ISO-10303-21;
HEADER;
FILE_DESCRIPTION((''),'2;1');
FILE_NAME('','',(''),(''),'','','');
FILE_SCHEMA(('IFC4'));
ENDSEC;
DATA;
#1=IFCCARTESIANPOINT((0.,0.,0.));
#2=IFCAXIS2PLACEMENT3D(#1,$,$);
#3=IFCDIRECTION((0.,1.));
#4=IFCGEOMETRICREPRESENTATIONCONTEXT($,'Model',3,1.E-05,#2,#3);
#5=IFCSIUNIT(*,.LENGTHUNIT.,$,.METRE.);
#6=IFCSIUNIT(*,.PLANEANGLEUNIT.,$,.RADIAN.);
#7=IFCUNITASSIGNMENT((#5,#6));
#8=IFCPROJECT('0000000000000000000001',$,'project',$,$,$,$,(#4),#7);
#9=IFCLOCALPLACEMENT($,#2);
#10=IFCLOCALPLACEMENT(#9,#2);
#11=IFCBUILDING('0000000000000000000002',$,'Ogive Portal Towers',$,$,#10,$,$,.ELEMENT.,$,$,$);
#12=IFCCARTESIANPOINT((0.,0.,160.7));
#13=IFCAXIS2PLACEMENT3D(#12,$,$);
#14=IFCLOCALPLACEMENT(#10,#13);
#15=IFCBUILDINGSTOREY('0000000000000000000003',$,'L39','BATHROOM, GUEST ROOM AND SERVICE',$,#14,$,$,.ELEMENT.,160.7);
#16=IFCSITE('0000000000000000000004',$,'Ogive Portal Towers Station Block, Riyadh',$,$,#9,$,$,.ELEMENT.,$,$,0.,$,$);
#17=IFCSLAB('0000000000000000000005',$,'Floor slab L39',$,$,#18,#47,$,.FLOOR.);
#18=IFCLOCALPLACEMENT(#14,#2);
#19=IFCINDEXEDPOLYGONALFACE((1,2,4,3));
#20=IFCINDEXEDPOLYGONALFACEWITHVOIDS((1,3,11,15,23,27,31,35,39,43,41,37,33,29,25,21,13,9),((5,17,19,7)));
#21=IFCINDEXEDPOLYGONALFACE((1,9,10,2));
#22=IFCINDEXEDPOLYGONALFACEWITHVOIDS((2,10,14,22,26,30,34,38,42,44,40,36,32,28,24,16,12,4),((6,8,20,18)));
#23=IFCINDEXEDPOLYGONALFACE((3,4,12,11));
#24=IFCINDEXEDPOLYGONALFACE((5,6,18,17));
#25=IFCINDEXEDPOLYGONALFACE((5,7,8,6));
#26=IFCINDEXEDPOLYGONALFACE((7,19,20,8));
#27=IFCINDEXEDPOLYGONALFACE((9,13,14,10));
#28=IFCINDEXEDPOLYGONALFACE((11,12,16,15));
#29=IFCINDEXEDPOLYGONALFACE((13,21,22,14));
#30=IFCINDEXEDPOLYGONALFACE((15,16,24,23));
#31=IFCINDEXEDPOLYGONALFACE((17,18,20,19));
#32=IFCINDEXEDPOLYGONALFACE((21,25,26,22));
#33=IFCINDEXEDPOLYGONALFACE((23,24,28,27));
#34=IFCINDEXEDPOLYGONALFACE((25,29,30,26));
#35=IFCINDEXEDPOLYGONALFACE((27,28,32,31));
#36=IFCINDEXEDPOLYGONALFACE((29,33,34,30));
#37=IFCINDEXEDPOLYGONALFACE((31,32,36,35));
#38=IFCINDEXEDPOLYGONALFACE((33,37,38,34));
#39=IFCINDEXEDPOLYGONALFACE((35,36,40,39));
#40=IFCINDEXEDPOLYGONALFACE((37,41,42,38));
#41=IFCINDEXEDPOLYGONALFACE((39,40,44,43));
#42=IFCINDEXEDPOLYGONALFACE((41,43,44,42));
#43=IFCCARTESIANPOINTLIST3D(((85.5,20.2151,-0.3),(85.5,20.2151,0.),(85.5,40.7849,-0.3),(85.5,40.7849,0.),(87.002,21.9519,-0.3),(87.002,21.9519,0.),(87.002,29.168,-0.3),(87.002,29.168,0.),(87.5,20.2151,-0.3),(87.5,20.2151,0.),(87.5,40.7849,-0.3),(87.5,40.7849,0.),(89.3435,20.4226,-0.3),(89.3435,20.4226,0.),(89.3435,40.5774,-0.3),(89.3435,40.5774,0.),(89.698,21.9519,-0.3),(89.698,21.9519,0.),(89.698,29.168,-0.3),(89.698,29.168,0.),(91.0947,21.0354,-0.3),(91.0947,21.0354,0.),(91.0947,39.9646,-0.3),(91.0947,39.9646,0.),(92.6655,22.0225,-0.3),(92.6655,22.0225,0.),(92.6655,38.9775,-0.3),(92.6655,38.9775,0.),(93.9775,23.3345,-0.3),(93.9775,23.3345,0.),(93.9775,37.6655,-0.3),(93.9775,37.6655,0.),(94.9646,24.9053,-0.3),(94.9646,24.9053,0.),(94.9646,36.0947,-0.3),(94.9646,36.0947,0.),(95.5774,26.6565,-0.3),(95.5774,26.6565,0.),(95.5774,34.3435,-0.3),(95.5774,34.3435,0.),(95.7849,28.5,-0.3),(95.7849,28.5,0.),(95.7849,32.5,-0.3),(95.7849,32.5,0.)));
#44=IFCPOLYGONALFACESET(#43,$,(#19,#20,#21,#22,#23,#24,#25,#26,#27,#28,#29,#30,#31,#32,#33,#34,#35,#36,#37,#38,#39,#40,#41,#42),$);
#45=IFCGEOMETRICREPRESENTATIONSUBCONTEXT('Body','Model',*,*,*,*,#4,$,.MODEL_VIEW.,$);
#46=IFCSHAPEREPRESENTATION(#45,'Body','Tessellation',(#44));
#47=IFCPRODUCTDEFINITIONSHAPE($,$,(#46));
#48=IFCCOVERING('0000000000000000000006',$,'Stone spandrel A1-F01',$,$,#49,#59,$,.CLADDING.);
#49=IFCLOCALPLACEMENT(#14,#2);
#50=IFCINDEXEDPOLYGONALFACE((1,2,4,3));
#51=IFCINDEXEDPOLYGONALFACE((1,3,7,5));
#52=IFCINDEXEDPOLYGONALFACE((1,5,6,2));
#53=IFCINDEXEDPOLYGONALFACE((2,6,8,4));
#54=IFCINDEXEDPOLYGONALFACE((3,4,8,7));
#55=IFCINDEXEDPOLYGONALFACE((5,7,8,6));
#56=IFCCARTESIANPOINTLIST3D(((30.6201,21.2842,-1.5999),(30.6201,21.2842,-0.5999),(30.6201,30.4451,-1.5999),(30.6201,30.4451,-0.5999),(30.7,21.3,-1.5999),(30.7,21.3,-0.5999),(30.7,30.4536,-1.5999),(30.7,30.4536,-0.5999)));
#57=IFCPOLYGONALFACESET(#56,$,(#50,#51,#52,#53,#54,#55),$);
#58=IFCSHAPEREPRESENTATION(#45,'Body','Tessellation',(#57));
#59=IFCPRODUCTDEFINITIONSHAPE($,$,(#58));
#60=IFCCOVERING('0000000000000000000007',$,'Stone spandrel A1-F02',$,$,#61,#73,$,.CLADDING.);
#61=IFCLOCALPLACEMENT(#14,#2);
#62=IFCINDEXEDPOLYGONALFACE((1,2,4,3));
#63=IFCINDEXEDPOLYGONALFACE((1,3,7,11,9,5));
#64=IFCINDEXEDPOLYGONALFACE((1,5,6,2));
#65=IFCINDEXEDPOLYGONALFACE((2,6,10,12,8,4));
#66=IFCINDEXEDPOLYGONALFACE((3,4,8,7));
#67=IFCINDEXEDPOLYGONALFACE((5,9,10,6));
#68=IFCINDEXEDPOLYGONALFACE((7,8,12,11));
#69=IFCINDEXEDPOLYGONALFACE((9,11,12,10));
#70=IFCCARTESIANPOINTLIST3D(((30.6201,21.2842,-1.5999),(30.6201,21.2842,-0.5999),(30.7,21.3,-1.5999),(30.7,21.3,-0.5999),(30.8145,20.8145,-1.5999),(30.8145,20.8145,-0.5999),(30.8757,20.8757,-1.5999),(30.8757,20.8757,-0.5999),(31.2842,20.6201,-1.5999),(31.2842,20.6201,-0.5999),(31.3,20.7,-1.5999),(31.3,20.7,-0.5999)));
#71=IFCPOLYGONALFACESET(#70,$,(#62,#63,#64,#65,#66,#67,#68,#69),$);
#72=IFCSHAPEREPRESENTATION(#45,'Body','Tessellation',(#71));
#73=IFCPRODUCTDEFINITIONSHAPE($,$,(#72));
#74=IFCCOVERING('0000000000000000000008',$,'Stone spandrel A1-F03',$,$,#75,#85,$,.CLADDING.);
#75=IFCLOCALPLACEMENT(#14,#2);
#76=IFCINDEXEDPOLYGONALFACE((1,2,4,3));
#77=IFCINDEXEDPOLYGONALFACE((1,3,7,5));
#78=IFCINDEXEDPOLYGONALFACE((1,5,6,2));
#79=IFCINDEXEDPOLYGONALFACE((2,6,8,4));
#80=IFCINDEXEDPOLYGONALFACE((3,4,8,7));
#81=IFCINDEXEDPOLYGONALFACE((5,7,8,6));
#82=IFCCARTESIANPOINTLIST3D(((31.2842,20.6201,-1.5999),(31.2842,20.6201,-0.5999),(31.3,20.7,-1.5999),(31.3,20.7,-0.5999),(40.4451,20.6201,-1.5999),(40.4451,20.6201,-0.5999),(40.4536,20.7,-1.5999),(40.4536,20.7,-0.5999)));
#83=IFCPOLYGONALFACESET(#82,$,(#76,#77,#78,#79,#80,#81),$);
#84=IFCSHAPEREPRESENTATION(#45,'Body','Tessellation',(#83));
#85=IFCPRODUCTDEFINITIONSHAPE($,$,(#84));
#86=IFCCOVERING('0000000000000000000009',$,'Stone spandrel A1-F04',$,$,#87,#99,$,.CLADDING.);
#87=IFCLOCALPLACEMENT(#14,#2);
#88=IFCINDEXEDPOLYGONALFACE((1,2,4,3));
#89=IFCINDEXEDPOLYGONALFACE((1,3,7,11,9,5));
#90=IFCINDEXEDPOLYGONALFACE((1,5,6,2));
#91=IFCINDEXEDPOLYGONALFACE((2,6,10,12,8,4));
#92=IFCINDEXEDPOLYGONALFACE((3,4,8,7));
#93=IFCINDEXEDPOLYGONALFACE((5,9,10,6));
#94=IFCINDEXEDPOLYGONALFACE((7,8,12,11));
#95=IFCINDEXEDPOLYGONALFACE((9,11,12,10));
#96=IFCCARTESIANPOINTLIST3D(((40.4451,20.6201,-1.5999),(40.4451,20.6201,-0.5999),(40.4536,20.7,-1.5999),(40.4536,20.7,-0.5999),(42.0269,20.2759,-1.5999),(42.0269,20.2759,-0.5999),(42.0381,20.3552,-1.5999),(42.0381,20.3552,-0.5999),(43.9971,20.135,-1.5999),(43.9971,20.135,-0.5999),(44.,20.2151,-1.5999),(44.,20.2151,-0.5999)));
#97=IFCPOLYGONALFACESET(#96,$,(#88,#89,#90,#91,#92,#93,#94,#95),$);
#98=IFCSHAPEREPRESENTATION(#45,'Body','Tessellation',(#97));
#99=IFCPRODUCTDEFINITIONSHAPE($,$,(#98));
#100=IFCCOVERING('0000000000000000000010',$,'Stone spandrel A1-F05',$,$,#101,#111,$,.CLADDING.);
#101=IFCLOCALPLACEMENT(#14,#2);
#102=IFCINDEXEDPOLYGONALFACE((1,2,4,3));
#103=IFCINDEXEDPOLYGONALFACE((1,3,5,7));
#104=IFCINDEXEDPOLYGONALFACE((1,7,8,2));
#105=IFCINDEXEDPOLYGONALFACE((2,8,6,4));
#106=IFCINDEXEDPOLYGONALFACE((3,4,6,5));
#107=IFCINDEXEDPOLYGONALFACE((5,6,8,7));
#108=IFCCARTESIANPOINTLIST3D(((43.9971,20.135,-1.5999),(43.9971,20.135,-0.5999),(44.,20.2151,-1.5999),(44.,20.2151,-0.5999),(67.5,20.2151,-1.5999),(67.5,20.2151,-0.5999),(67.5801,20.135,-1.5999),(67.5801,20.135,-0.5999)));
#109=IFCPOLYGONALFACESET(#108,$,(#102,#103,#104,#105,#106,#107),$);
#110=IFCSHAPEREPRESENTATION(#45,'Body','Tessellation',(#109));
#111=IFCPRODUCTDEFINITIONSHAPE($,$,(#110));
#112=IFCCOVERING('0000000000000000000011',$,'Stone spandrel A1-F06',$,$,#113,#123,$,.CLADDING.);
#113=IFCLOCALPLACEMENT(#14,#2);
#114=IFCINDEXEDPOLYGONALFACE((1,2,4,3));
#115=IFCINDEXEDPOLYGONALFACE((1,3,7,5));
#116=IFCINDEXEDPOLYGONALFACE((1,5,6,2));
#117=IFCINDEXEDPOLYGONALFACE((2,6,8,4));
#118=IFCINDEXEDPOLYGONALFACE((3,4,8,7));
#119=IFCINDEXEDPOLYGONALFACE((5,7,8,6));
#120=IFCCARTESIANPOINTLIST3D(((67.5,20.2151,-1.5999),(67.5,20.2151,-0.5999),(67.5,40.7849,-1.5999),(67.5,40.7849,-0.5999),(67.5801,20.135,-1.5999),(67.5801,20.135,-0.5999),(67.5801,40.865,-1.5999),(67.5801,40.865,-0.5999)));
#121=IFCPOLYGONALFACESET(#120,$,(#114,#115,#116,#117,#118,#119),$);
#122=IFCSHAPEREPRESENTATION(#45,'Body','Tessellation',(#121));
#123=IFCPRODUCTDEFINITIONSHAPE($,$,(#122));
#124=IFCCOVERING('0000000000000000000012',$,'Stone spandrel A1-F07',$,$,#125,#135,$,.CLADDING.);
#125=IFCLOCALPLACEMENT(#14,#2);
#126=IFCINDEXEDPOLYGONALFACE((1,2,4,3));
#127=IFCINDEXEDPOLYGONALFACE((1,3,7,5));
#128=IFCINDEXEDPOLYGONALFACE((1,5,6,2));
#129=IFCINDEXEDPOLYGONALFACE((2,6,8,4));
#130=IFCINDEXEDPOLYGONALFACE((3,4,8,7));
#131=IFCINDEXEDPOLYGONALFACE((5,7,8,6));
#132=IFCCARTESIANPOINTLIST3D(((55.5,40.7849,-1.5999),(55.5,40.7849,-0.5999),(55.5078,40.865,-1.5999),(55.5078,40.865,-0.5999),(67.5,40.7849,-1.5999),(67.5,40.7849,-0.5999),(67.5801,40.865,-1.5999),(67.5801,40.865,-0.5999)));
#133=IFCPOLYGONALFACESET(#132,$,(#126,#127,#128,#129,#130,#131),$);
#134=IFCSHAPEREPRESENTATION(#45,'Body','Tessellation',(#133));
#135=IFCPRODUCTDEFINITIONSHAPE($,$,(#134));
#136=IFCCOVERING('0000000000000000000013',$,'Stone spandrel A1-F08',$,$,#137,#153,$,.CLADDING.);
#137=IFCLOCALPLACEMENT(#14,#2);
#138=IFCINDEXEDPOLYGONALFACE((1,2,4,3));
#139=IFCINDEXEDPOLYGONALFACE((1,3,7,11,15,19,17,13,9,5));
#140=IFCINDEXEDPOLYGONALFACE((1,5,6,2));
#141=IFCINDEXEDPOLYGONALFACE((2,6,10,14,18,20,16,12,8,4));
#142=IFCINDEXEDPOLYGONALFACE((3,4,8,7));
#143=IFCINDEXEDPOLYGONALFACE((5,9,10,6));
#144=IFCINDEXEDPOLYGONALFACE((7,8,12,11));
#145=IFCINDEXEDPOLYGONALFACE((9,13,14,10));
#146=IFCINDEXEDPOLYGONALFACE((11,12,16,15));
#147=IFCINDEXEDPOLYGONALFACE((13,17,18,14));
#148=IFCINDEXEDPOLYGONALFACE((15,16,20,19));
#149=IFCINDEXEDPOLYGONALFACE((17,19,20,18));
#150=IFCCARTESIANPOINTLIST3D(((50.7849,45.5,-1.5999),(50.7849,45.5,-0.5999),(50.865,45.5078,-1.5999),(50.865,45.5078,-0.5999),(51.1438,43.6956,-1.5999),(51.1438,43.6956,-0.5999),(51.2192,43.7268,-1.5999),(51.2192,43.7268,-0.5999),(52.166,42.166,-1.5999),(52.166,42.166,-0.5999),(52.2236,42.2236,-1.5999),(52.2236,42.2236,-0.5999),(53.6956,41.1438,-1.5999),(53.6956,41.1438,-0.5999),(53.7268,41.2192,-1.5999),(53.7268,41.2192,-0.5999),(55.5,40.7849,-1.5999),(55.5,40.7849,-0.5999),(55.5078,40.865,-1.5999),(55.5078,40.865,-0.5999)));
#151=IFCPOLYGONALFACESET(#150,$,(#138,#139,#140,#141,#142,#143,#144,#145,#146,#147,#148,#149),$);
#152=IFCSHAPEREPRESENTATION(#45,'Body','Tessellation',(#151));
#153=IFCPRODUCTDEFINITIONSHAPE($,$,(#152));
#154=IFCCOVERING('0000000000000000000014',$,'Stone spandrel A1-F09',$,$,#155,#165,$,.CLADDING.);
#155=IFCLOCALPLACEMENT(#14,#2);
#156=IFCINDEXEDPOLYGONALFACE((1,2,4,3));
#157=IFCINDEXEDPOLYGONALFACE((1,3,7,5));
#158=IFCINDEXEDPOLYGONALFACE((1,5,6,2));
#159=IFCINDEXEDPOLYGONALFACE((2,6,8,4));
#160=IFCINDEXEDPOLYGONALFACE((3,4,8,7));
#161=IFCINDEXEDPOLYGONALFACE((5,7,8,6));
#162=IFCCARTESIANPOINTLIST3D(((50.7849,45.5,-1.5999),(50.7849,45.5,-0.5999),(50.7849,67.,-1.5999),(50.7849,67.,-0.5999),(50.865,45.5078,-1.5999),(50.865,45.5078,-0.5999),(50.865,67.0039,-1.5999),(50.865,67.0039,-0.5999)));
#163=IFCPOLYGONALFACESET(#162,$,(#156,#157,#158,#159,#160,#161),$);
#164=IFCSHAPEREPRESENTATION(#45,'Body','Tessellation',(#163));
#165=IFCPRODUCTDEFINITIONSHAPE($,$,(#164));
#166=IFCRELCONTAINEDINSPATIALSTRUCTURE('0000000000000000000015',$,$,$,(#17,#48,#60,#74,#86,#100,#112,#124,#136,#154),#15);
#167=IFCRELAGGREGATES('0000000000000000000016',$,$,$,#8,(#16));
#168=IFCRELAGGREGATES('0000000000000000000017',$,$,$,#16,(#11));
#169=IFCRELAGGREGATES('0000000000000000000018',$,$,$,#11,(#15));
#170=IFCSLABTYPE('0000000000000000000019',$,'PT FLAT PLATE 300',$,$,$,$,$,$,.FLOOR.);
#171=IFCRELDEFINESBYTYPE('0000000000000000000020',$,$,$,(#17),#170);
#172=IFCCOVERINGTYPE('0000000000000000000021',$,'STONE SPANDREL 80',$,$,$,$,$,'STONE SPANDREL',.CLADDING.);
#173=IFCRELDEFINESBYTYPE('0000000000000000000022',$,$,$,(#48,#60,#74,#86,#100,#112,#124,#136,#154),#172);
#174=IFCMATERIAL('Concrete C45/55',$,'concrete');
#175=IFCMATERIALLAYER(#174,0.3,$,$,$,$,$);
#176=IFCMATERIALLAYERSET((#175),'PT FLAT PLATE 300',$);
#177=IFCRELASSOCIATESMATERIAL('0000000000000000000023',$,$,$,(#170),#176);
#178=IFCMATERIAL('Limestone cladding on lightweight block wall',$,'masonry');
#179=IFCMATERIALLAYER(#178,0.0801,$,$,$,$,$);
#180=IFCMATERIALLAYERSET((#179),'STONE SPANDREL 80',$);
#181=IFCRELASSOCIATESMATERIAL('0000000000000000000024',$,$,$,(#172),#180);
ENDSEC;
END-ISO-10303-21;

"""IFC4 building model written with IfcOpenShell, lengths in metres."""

from ifc_helpers import new_model, si_unit, direction, frame, origin, place, context, subcontext, project, spatial, polyline, outline, extrude, material, layer, layer_set, type_object, element, save


model = new_model("IFC4")

# Units and contexts
model_context = context("Model", 3, precision=1e-05, world=origin(), true_north=direction((0.0, 1.0)))
body_context = subcontext(model_context, "Body", "Model", "MODEL_VIEW")
ifc_project = project(units=[si_unit("LENGTHUNIT", "METRE"), si_unit("PLANEANGLEUNIT", "RADIAN")], contexts=[model_context])

# Site, building, storey
site_placement = place(None, origin())
site = spatial("IfcSite", under=ifc_project, at=site_placement, Name="Ogive Portal Towers Station Block, Riyadh", CompositionType="ELEMENT", RefElevation=0.0)
building_placement = place(site_placement, origin())
building = spatial("IfcBuilding", under=site, at=building_placement, Name="Ogive Portal Towers", CompositionType="ELEMENT")
storey_placement = place(building_placement, frame((0.0, 0.0, 160.7)))
storey = spatial("IfcBuildingStorey", under=building, at=storey_placement, Name="L39", Description="BATHROOM, GUEST ROOM AND SERVICE", CompositionType="ELEMENT", Elevation=160.7)

# Slab
ifc_material_1 = material(Name="Concrete C45/55", Category="concrete")
ifc_layer_1 = layer(ifc_material_1, 0.3)
ifc_layer_set_1 = layer_set([ifc_layer_1], Name="PT FLAT PLATE 300")
slab_type_1 = type_object("IfcSlabType", Name="PT FLAT PLATE 300", PredefinedType="FLOOR", material=ifc_layer_set_1)
slab_1_placement = place(storey_placement, frame((0.0, 0.0, -0.3)))
element("IfcSlab", 1, at=slab_1_placement, inside=storey, type_object=slab_type_1, Name="Floor slab L39", PredefinedType="FLOOR", context=body_context, shape_type="SweptSolid", body=[
    extrude(outline(polyline([(89.3435, 40.5774), (87.5, 40.7849), (85.5, 40.7849), (85.5, 20.2151), (87.5, 20.2151), (89.3435, 20.4226), (91.0947, 21.0354), (92.6655, 22.0225), (93.9775, 23.3345), (94.9646, 24.9053), (95.5774, 26.6565), (95.7849, 28.5), (95.7849, 32.5), (95.5774, 34.3435), (94.9646, 36.0947), (93.9775, 37.6655), (92.6655, 38.9775), (91.0947, 39.9646), (89.3435, 40.5774)]), holes=[polyline([(87.002, 21.9519), (87.002, 29.168), (89.698, 29.168), (89.698, 21.9519), (87.002, 21.9519)])]), origin(), (0.0, 0.0, 1.0), 0.3),
])

# Coverings
ifc_material_2 = material(Name="Limestone cladding on lightweight block wall", Category="masonry")
ifc_layer_2 = layer(ifc_material_2, 0.0801)
ifc_layer_set_2 = layer_set([ifc_layer_2], Name="STONE SPANDREL 80")
covering_type_1 = type_object("IfcCoveringType", Name="STONE SPANDREL 80", ElementType="STONE SPANDREL", PredefinedType="CLADDING", material=ifc_layer_set_2)
covering_1_placement = place(storey_placement, frame((0.0, 0.0, -1.5999)))
element("IfcCovering", 2, at=covering_1_placement, inside=storey, type_object=covering_type_1, Name="Stone spandrel A1-F01", PredefinedType="CLADDING", context=body_context, shape_type="SweptSolid", body=[
    extrude(outline(polyline([(30.7, 30.4536), (30.7, 21.3), (30.6201, 21.2842), (30.6201, 30.4451), (30.7, 30.4536)])), origin(), (0.0, 0.0, 1.0), 1.0),
])
covering_2_placement = place(storey_placement, frame((0.0, 0.0, -1.5999)))
element("IfcCovering", 3, at=covering_2_placement, inside=storey, type_object=covering_type_1, Name="Stone spandrel A1-F02", PredefinedType="CLADDING", context=body_context, shape_type="SweptSolid", body=[
    extrude(outline(polyline([(30.7, 21.3), (30.8757, 20.8757), (31.3, 20.7), (31.2842, 20.6201), (30.8145, 20.8145), (30.6201, 21.2842), (30.7, 21.3)])), origin(), (0.0, 0.0, 1.0), 1.0),
])
covering_3_placement = place(storey_placement, frame((0.0, 0.0, -1.5999)))
element("IfcCovering", 4, at=covering_3_placement, inside=storey, type_object=covering_type_1, Name="Stone spandrel A1-F03", PredefinedType="CLADDING", context=body_context, shape_type="SweptSolid", body=[
    extrude(outline(polyline([(31.3, 20.7), (40.4536, 20.7), (40.4451, 20.6201), (31.2842, 20.6201), (31.3, 20.7)])), origin(), (0.0, 0.0, 1.0), 1.0),
])
covering_4_placement = place(storey_placement, frame((0.0, 0.0, -1.5999)))
element("IfcCovering", 5, at=covering_4_placement, inside=storey, type_object=covering_type_1, Name="Stone spandrel A1-F04", PredefinedType="CLADDING", context=body_context, shape_type="SweptSolid", body=[
    extrude(outline(polyline([(40.4536, 20.7), (42.0381, 20.3552), (44.0, 20.2151), (43.9971, 20.135), (42.0269, 20.2759), (40.4451, 20.6201), (40.4536, 20.7)])), origin(), (0.0, 0.0, 1.0), 1.0),
])
covering_5_placement = place(storey_placement, frame((0.0, 0.0, -1.5999)))
element("IfcCovering", 6, at=covering_5_placement, inside=storey, type_object=covering_type_1, Name="Stone spandrel A1-F05", PredefinedType="CLADDING", context=body_context, shape_type="SweptSolid", body=[
    extrude(outline(polyline([(44.0, 20.2151), (67.5, 20.2151), (67.5801, 20.135), (43.9971, 20.135), (44.0, 20.2151)])), origin(), (0.0, 0.0, 1.0), 1.0),
])
covering_6_placement = place(storey_placement, frame((0.0, 0.0, -1.5999)))
element("IfcCovering", 7, at=covering_6_placement, inside=storey, type_object=covering_type_1, Name="Stone spandrel A1-F06", PredefinedType="CLADDING", context=body_context, shape_type="SweptSolid", body=[
    extrude(outline(polyline([(67.5, 20.2151), (67.5, 40.7849), (67.5801, 40.865), (67.5801, 20.135), (67.5, 20.2151)])), origin(), (0.0, 0.0, 1.0), 1.0),
])
covering_7_placement = place(storey_placement, frame((0.0, 0.0, -1.5999)))
element("IfcCovering", 8, at=covering_7_placement, inside=storey, type_object=covering_type_1, Name="Stone spandrel A1-F07", PredefinedType="CLADDING", context=body_context, shape_type="SweptSolid", body=[
    extrude(outline(polyline([(67.5, 40.7849), (55.5, 40.7849), (55.5078, 40.865), (67.5801, 40.865), (67.5, 40.7849)])), origin(), (0.0, 0.0, 1.0), 1.0),
])
covering_8_placement = place(storey_placement, frame((0.0, 0.0, -1.5999)))
element("IfcCovering", 9, at=covering_8_placement, inside=storey, type_object=covering_type_1, Name="Stone spandrel A1-F08", PredefinedType="CLADDING", context=body_context, shape_type="SweptSolid", body=[
    extrude(outline(polyline([(55.5, 40.7849), (53.6956, 41.1438), (52.166, 42.166), (51.1438, 43.6956), (50.7849, 45.5), (50.865, 45.5078), (51.2192, 43.7268), (52.2236, 42.2236), (53.7268, 41.2192), (55.5078, 40.865), (55.5, 40.7849)])), origin(), (0.0, 0.0, 1.0), 1.0),
])
covering_9_placement = place(storey_placement, frame((0.0, 0.0, -1.5999)))
element("IfcCovering", 10, at=covering_9_placement, inside=storey, type_object=covering_type_1, Name="Stone spandrel A1-F09", PredefinedType="CLADDING", context=body_context, shape_type="SweptSolid", body=[
    extrude(outline(polyline([(50.7849, 45.5), (50.7849, 67.0), (50.865, 67.0039), (50.865, 45.5078), (50.7849, 45.5)])), origin(), (0.0, 0.0, 1.0), 1.0),
])

save(model, "model.ifc")
